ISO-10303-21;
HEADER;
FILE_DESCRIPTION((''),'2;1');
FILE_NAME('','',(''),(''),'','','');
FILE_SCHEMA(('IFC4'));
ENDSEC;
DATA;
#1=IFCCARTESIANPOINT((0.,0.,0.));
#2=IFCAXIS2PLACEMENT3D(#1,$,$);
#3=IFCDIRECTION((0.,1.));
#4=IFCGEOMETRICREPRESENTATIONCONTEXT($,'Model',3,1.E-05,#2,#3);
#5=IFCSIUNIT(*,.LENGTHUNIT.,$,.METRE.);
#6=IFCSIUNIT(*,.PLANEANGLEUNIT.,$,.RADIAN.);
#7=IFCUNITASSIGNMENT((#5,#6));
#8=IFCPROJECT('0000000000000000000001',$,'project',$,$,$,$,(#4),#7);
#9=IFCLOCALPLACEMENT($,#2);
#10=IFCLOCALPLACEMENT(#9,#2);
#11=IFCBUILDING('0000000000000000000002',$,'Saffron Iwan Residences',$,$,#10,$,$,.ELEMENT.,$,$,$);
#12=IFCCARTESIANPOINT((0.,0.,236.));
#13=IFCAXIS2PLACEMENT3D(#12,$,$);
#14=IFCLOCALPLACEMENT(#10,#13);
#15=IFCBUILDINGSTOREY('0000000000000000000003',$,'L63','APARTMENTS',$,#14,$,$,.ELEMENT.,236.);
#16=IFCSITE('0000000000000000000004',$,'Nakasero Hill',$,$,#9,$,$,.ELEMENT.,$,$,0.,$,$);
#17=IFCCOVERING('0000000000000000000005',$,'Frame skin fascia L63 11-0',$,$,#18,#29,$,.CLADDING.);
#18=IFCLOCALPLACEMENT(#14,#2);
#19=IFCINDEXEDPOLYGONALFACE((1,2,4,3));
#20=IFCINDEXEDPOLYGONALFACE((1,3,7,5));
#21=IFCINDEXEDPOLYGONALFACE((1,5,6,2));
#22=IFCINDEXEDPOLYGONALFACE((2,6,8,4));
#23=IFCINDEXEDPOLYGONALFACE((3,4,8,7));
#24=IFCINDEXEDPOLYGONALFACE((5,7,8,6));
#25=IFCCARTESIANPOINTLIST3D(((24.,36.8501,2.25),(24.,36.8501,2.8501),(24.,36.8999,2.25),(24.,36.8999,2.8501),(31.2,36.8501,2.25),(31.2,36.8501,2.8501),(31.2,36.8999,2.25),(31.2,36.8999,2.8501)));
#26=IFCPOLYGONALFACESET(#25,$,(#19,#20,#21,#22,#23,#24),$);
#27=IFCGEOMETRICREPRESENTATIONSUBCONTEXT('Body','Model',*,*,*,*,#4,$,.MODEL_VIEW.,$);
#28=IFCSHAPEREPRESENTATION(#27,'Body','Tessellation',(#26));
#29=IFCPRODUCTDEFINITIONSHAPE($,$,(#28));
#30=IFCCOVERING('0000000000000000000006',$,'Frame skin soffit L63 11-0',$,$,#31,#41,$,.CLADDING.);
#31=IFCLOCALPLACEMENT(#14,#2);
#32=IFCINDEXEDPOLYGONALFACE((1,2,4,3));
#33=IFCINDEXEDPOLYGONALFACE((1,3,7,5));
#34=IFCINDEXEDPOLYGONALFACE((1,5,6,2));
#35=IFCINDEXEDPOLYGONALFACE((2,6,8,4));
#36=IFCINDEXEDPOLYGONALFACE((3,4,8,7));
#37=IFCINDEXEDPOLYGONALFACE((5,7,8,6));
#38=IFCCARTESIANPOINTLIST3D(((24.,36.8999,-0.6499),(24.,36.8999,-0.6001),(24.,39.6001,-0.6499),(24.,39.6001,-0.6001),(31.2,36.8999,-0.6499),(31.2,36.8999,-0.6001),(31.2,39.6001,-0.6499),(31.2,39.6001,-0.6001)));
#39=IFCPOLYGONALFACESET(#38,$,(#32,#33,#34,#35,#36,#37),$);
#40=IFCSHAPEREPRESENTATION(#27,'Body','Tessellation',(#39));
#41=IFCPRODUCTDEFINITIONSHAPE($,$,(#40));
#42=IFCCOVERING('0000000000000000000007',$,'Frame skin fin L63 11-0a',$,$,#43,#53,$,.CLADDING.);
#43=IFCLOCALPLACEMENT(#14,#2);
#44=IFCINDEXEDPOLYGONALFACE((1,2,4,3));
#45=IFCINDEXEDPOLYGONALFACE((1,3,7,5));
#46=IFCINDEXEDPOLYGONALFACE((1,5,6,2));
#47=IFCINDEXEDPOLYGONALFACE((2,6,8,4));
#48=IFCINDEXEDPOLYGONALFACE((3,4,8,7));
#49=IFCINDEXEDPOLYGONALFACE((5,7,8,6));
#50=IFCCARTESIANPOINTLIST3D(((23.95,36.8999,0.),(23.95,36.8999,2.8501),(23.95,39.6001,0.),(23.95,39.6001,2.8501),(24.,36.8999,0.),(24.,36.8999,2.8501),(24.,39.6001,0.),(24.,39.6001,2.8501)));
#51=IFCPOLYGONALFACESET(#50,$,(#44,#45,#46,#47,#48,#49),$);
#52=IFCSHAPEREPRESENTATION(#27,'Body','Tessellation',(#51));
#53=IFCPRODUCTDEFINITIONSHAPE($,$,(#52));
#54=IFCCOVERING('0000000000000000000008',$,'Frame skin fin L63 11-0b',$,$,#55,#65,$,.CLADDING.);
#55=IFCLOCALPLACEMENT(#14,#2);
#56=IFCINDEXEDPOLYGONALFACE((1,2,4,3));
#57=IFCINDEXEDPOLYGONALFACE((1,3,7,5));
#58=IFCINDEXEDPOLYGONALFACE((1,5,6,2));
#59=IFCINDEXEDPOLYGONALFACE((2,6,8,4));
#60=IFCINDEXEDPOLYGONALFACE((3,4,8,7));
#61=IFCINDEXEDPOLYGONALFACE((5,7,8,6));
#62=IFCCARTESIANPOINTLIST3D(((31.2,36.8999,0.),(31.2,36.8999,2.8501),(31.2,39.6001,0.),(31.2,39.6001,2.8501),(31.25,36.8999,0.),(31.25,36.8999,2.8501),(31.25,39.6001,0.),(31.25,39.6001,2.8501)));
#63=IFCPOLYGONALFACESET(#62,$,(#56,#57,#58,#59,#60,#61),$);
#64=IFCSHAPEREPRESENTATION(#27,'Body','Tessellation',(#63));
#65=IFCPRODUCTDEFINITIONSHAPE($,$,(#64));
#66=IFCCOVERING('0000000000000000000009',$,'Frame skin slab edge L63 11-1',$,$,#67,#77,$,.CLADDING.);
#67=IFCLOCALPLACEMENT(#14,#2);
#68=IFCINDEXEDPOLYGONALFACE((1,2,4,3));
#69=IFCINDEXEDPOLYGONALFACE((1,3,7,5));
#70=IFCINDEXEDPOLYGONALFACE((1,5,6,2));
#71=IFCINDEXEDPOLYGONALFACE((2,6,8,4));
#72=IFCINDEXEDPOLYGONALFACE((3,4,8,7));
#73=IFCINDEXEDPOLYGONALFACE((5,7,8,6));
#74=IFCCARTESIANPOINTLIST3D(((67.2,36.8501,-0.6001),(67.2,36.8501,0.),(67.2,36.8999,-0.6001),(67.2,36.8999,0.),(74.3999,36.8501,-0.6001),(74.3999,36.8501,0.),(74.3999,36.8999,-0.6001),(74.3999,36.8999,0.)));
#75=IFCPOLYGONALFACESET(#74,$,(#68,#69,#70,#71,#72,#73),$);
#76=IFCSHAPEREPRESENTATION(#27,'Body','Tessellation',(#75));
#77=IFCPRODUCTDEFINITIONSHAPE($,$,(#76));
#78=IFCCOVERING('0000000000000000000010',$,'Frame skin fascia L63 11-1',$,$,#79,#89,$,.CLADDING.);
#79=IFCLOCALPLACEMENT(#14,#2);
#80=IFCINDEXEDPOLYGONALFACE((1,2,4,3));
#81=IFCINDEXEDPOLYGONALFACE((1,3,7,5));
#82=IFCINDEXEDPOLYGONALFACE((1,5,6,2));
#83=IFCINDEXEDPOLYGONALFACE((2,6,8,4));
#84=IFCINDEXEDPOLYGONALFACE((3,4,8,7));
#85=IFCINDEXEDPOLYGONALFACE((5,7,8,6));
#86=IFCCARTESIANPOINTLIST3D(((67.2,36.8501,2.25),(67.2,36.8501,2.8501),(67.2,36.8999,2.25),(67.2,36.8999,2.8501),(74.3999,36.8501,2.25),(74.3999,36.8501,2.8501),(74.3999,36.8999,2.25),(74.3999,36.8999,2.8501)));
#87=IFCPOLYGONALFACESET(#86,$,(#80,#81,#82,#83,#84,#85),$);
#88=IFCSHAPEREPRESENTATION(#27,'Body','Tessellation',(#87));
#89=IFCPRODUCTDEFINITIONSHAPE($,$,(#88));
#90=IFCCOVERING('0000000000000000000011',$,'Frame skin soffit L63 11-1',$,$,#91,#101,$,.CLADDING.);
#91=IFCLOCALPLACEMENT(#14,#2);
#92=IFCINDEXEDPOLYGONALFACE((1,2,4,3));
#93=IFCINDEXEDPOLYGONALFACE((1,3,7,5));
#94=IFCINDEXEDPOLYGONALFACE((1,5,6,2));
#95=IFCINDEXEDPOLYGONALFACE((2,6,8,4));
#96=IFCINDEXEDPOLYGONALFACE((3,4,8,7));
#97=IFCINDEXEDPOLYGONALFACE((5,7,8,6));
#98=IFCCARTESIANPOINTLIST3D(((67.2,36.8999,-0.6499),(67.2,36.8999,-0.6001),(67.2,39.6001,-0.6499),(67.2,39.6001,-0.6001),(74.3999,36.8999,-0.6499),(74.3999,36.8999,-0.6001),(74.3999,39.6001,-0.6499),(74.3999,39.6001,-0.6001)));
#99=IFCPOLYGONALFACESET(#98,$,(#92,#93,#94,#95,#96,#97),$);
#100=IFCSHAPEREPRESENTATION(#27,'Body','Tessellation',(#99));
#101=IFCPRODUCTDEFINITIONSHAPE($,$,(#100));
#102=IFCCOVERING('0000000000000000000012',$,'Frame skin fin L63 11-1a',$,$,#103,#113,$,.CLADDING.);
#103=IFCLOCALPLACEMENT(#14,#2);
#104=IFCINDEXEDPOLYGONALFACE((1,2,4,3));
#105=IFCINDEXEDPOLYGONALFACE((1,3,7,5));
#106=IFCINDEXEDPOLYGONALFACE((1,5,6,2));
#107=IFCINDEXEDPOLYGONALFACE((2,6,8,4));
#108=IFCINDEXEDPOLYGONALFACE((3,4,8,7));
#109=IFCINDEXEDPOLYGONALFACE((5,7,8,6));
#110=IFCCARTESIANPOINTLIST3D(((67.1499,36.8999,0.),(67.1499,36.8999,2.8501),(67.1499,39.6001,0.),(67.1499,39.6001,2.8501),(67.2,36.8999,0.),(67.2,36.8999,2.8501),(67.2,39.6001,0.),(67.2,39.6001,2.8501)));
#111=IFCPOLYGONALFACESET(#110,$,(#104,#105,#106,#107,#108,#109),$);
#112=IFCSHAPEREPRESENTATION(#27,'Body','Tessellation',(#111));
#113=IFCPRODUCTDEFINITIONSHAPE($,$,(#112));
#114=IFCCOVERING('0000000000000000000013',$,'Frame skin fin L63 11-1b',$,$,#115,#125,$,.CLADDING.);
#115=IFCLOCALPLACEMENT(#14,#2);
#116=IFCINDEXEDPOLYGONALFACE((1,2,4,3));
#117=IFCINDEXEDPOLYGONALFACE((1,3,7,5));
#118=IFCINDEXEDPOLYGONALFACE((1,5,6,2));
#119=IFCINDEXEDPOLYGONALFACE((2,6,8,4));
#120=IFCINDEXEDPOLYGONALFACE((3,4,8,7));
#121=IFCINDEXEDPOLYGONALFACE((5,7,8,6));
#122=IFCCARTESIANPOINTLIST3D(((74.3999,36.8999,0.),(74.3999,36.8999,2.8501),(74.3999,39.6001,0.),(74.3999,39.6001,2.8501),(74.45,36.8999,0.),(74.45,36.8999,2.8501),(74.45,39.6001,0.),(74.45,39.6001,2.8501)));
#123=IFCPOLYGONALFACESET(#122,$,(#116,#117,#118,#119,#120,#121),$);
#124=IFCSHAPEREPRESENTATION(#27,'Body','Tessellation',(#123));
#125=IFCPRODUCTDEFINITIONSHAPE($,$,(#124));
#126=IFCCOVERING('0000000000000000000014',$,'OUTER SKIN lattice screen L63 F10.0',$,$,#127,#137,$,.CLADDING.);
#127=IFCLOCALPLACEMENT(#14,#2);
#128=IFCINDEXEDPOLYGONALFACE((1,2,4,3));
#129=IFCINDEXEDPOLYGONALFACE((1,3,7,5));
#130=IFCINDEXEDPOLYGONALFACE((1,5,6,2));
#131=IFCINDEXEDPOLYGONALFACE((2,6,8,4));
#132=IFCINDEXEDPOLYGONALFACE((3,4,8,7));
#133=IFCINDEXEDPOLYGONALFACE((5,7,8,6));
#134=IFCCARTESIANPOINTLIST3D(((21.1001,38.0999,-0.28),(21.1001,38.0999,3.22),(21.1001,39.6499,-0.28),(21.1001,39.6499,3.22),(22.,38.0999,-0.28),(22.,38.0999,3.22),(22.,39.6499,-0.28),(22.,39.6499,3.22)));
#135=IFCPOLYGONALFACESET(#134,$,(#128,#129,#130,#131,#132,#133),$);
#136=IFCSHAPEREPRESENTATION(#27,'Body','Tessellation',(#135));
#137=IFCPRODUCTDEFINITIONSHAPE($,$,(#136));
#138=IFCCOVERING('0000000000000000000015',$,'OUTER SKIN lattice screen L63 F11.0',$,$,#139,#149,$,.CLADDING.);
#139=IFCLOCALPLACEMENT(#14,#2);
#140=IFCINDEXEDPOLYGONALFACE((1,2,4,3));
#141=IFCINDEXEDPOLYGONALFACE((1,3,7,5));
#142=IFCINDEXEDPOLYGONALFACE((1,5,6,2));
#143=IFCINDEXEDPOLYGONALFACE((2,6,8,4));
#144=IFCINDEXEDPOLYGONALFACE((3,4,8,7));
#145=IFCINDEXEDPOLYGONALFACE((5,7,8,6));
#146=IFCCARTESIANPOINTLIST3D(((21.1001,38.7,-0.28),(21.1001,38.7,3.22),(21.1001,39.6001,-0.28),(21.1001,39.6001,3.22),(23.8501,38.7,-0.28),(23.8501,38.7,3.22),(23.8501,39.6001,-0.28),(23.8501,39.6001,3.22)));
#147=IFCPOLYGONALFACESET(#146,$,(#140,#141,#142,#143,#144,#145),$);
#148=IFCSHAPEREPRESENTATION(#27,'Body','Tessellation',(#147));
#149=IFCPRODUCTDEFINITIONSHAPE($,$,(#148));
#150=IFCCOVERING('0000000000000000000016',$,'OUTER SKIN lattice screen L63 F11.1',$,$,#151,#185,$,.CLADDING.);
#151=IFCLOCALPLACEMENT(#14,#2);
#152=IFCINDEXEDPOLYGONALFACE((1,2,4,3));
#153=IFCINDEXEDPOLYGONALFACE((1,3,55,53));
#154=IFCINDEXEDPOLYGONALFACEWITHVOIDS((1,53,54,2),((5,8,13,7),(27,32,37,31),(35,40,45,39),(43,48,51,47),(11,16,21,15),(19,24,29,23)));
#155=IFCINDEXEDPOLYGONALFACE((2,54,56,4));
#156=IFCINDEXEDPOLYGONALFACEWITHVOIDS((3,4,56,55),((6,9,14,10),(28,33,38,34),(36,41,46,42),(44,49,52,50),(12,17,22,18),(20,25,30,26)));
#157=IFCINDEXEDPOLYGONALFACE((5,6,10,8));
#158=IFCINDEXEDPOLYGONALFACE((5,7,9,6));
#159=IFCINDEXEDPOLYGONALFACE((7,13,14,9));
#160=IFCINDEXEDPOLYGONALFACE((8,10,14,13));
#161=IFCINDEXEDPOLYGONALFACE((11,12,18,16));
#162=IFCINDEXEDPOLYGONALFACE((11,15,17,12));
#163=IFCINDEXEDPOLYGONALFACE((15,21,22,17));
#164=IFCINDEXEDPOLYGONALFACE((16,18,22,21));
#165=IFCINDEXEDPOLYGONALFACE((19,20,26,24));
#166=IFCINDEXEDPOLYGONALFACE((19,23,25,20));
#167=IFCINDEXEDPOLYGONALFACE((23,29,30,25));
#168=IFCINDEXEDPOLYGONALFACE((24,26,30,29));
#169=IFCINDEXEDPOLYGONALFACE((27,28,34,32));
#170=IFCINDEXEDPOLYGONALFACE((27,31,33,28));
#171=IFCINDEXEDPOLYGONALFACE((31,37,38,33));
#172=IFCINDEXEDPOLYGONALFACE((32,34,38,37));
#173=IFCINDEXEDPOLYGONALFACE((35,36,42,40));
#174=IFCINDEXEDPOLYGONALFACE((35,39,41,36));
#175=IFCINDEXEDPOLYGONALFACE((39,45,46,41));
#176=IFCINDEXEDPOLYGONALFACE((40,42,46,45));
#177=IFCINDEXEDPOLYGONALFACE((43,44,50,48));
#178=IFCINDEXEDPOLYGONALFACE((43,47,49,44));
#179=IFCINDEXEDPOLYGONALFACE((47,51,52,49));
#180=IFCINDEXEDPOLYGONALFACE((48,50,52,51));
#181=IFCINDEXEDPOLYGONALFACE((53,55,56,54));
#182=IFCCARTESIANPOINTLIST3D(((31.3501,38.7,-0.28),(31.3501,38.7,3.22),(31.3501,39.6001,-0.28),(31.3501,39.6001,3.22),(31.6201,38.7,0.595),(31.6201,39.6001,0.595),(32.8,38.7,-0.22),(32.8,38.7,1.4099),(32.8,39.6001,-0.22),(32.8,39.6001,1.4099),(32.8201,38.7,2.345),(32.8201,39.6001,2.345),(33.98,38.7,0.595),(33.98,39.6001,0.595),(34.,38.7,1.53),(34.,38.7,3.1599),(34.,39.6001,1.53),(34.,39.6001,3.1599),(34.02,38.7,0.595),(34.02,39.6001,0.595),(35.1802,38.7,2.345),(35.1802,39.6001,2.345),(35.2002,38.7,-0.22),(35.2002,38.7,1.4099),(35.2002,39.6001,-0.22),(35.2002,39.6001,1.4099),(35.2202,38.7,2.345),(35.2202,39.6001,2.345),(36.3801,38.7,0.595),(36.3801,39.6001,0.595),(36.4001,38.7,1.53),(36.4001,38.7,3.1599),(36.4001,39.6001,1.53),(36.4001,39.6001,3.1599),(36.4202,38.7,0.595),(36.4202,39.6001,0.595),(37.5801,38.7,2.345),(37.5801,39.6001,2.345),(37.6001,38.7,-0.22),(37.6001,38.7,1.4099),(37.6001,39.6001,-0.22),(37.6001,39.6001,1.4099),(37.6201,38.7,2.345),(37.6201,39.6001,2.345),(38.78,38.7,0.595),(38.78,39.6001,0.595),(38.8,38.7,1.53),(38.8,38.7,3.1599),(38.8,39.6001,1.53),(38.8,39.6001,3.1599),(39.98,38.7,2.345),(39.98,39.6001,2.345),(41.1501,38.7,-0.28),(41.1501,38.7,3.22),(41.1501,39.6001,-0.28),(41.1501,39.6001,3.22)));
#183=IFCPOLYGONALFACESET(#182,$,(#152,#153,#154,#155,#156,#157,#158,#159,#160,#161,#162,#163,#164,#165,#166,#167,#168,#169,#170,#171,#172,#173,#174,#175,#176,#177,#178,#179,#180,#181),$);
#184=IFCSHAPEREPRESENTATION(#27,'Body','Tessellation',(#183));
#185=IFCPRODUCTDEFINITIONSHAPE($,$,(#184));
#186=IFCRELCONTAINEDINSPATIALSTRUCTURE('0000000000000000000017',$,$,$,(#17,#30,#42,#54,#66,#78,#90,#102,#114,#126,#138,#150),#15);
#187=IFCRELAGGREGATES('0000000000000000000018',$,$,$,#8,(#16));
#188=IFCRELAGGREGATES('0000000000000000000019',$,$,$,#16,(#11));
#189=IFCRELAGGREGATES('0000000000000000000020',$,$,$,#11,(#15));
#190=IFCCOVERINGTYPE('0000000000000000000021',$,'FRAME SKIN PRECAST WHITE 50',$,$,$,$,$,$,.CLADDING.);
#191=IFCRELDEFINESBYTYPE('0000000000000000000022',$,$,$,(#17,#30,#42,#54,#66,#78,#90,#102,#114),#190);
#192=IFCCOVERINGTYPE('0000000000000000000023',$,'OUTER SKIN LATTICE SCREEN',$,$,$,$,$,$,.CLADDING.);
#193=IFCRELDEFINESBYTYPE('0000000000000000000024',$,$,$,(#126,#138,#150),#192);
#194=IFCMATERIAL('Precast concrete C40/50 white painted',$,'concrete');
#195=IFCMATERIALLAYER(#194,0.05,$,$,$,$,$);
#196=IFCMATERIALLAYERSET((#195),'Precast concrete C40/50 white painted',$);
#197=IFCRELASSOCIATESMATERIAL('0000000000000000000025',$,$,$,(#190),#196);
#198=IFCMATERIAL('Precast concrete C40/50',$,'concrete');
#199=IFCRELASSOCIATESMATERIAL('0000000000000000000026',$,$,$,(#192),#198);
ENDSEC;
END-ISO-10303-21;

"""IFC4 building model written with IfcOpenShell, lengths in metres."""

from ifc_helpers import new_model, si_unit, direction, frame, origin, place, context, subcontext, project, spatial, polyline, outline, extrude, material, layer, layer_set, type_object, element, save


model = new_model("IFC4")

# Units and contexts
model_context = context("Model", 3, precision=1e-05, world=origin(), true_north=direction((0.0, 1.0)))
body_context = subcontext(model_context, "Body", "Model", "MODEL_VIEW")
ifc_project = project(units=[si_unit("LENGTHUNIT", "METRE"), si_unit("PLANEANGLEUNIT", "RADIAN")], contexts=[model_context])

# Site, building, storey
site_placement = place(None, origin())
site = spatial("IfcSite", under=ifc_project, at=site_placement, Name="Nakasero Hill", CompositionType="ELEMENT", RefElevation=0.0)
building_placement = place(site_placement, origin())
building = spatial("IfcBuilding", under=site, at=building_placement, Name="Saffron Iwan Residences", CompositionType="ELEMENT")
storey_placement = place(building_placement, frame((0.0, 0.0, 236.0)))
storey = spatial("IfcBuildingStorey", under=building, at=storey_placement, Name="L63", Description="APARTMENTS", CompositionType="ELEMENT", Elevation=236.0)

# Coverings
ifc_material_1 = material(Name="Precast concrete C40/50 white painted", Category="concrete")
ifc_layer_1 = layer(ifc_material_1, 0.05)
ifc_layer_set_1 = layer_set([ifc_layer_1], Name="Precast concrete C40/50 white painted")
covering_type_1 = type_object("IfcCoveringType", Name="FRAME SKIN PRECAST WHITE 50", PredefinedType="CLADDING", material=ifc_layer_set_1)
for number, where, name in (
    (1, (0.0, 0.0, 2.25), "Frame skin fascia L63 11-0"),
):
    element("IfcCovering", number, at=place(storey_placement, frame(where)), inside=storey, type_object=covering_type_1, Name=name, PredefinedType="CLADDING", context=body_context, shape_type="SweptSolid", body=[
        extrude(outline(polyline([(24.0, 36.8501), (31.2, 36.8501), (31.2, 36.8999), (24.0, 36.8999), (24.0, 36.8501)])), origin(), (0.0, 0.0, 1.0), 0.6001),
    ])
covering_1_placement = place(storey_placement, frame((0.0, 0.0, -0.6499)))
element("IfcCovering", 2, at=covering_1_placement, inside=storey, type_object=covering_type_1, Name="Frame skin soffit L63 11-0", PredefinedType="CLADDING", context=body_context, shape_type="SweptSolid", body=[
    extrude(outline(polyline([(24.0, 36.8999), (31.2, 36.8999), (31.2, 39.6001), (24.0, 39.6001), (24.0, 36.8999)])), origin(), (0.0, 0.0, 1.0), 0.0498),
])
covering_2_placement = place(storey_placement, origin())
element("IfcCovering", 3, at=covering_2_placement, inside=storey, type_object=covering_type_1, Name="Frame skin fin L63 11-0a", PredefinedType="CLADDING", context=body_context, shape_type="SweptSolid", body=[
    extrude(outline(polyline([(23.95, 36.8999), (24.0, 36.8999), (24.0, 39.6001), (23.95, 39.6001), (23.95, 36.8999)])), origin(), (0.0, 0.0, 1.0), 2.8501),
])
covering_3_placement = place(storey_placement, origin())
element("IfcCovering", 4, at=covering_3_placement, inside=storey, type_object=covering_type_1, Name="Frame skin fin L63 11-0b", PredefinedType="CLADDING", context=body_context, shape_type="SweptSolid", body=[
    extrude(outline(polyline([(31.2, 36.8999), (31.25, 36.8999), (31.25, 39.6001), (31.2, 39.6001), (31.2, 36.8999)])), origin(), (0.0, 0.0, 1.0), 2.8501),
])
for number, where, name in (
    (5, (0.0, 0.0, -0.6001), "Frame skin slab edge L63 11-1"),
    (6, (0.0, 0.0, 2.25), "Frame skin fascia L63 11-1"),
):
    element("IfcCovering", number, at=place(storey_placement, frame(where)), inside=storey, type_object=covering_type_1, Name=name, PredefinedType="CLADDING", context=body_context, shape_type="SweptSolid", body=[
        extrude(outline(polyline([(67.2, 36.8501), (74.3999, 36.8501), (74.3999, 36.8999), (67.2, 36.8999), (67.2, 36.8501)])), origin(), (0.0, 0.0, 1.0), 0.6001),
    ])
covering_4_placement = place(storey_placement, frame((0.0, 0.0, -0.6499)))
element("IfcCovering", 7, at=covering_4_placement, inside=storey, type_object=covering_type_1, Name="Frame skin soffit L63 11-1", PredefinedType="CLADDING", context=body_context, shape_type="SweptSolid", body=[
    extrude(outline(polyline([(67.2, 36.8999), (74.3999, 36.8999), (74.3999, 39.6001), (67.2, 39.6001), (67.2, 36.8999)])), origin(), (0.0, 0.0, 1.0), 0.0498),
])
covering_5_placement = place(storey_placement, origin())
element("IfcCovering", 8, at=covering_5_placement, inside=storey, type_object=covering_type_1, Name="Frame skin fin L63 11-1a", PredefinedType="CLADDING", context=body_context, shape_type="SweptSolid", body=[
    extrude(outline(polyline([(67.1499, 36.8999), (67.2, 36.8999), (67.2, 39.6001), (67.1499, 39.6001), (67.1499, 36.8999)])), origin(), (0.0, 0.0, 1.0), 2.8501),
])
covering_6_placement = place(storey_placement, origin())
element("IfcCovering", 9, at=covering_6_placement, inside=storey, type_object=covering_type_1, Name="Frame skin fin L63 11-1b", PredefinedType="CLADDING", context=body_context, shape_type="SweptSolid", body=[
    extrude(outline(polyline([(74.3999, 36.8999), (74.45, 36.8999), (74.45, 39.6001), (74.3999, 39.6001), (74.3999, 36.8999)])), origin(), (0.0, 0.0, 1.0), 2.8501),
])
ifc_material_2 = material(Name="Precast concrete C40/50", Category="concrete")
covering_type_2 = type_object("IfcCoveringType", Name="OUTER SKIN LATTICE SCREEN", PredefinedType="CLADDING", material=ifc_material_2)
covering_7_placement = place(storey_placement, frame((22.0, 39.6499, -0.28), z_axis=(-1.0, 0.0, 0.0), x_axis=(0.0, -1.0, 0.0)))
element("IfcCovering", 10, at=covering_7_placement, inside=storey, type_object=covering_type_2, Name="OUTER SKIN lattice screen L63 F10.0", PredefinedType="CLADDING", context=body_context, shape_type="SweptSolid", body=[
    extrude(outline(polyline([(0.0, 0.0), (1.55, 0.0), (1.55, 3.5), (0.0, 3.5), (0.0, 0.0)])), origin(), (0.0, 0.0, 1.0), 0.8999),
])
covering_8_placement = place(storey_placement, frame((21.1001, 39.6001, -0.28), z_axis=(0.0, -1.0, 0.0), x_axis=(1.0, 0.0, 0.0)))
element("IfcCovering", 11, at=covering_8_placement, inside=storey, type_object=covering_type_2, Name="OUTER SKIN lattice screen L63 F11.0", PredefinedType="CLADDING", context=body_context, shape_type="SweptSolid", body=[
    extrude(outline(polyline([(0.0, 0.0), (2.75, 0.0), (2.75, 3.5), (0.0, 3.5), (0.0, 0.0)])), origin(), (0.0, 0.0, 1.0), 0.9001),
])
covering_9_placement = place(storey_placement, frame((31.3501, 39.6001, -0.28), z_axis=(0.0, -1.0, 0.0), x_axis=(1.0, 0.0, 0.0)))
element("IfcCovering", 12, at=covering_9_placement, inside=storey, type_object=covering_type_2, Name="OUTER SKIN lattice screen L63 F11.1", PredefinedType="CLADDING", context=body_context, shape_type="SweptSolid", body=[
    extrude(outline(polyline([(0.0, 0.0), (9.8, 0.0), (9.8, 3.5), (0.0, 3.5), (0.0, 0.0)]), holes=[polyline([(0.27, 0.875), (1.45, 0.0601), (2.6299, 0.875), (1.45, 1.6899), (0.27, 0.875)]), polyline([(2.6699, 0.875), (3.8501, 0.0601), (5.03, 0.875), (3.8501, 1.6899), (2.6699, 0.875)]), polyline([(5.0701, 0.875), (6.25, 0.0601), (7.4299, 0.875), (6.25, 1.6899), (5.0701, 0.875)]), polyline([(1.47, 2.625), (2.6499, 1.8101), (3.8301, 2.625), (2.6499, 3.4399), (1.47, 2.625)]), polyline([(3.8701, 2.625), (5.05, 1.8101), (6.23, 2.625), (5.05, 3.4399), (3.8701, 2.625)]), polyline([(6.27, 2.625), (7.45, 1.8101), (8.6299, 2.625), (7.45, 3.4399), (6.27, 2.625)])]), origin(), (0.0, 0.0, 1.0), 0.9001),
])

save(model, "model.ifc")
